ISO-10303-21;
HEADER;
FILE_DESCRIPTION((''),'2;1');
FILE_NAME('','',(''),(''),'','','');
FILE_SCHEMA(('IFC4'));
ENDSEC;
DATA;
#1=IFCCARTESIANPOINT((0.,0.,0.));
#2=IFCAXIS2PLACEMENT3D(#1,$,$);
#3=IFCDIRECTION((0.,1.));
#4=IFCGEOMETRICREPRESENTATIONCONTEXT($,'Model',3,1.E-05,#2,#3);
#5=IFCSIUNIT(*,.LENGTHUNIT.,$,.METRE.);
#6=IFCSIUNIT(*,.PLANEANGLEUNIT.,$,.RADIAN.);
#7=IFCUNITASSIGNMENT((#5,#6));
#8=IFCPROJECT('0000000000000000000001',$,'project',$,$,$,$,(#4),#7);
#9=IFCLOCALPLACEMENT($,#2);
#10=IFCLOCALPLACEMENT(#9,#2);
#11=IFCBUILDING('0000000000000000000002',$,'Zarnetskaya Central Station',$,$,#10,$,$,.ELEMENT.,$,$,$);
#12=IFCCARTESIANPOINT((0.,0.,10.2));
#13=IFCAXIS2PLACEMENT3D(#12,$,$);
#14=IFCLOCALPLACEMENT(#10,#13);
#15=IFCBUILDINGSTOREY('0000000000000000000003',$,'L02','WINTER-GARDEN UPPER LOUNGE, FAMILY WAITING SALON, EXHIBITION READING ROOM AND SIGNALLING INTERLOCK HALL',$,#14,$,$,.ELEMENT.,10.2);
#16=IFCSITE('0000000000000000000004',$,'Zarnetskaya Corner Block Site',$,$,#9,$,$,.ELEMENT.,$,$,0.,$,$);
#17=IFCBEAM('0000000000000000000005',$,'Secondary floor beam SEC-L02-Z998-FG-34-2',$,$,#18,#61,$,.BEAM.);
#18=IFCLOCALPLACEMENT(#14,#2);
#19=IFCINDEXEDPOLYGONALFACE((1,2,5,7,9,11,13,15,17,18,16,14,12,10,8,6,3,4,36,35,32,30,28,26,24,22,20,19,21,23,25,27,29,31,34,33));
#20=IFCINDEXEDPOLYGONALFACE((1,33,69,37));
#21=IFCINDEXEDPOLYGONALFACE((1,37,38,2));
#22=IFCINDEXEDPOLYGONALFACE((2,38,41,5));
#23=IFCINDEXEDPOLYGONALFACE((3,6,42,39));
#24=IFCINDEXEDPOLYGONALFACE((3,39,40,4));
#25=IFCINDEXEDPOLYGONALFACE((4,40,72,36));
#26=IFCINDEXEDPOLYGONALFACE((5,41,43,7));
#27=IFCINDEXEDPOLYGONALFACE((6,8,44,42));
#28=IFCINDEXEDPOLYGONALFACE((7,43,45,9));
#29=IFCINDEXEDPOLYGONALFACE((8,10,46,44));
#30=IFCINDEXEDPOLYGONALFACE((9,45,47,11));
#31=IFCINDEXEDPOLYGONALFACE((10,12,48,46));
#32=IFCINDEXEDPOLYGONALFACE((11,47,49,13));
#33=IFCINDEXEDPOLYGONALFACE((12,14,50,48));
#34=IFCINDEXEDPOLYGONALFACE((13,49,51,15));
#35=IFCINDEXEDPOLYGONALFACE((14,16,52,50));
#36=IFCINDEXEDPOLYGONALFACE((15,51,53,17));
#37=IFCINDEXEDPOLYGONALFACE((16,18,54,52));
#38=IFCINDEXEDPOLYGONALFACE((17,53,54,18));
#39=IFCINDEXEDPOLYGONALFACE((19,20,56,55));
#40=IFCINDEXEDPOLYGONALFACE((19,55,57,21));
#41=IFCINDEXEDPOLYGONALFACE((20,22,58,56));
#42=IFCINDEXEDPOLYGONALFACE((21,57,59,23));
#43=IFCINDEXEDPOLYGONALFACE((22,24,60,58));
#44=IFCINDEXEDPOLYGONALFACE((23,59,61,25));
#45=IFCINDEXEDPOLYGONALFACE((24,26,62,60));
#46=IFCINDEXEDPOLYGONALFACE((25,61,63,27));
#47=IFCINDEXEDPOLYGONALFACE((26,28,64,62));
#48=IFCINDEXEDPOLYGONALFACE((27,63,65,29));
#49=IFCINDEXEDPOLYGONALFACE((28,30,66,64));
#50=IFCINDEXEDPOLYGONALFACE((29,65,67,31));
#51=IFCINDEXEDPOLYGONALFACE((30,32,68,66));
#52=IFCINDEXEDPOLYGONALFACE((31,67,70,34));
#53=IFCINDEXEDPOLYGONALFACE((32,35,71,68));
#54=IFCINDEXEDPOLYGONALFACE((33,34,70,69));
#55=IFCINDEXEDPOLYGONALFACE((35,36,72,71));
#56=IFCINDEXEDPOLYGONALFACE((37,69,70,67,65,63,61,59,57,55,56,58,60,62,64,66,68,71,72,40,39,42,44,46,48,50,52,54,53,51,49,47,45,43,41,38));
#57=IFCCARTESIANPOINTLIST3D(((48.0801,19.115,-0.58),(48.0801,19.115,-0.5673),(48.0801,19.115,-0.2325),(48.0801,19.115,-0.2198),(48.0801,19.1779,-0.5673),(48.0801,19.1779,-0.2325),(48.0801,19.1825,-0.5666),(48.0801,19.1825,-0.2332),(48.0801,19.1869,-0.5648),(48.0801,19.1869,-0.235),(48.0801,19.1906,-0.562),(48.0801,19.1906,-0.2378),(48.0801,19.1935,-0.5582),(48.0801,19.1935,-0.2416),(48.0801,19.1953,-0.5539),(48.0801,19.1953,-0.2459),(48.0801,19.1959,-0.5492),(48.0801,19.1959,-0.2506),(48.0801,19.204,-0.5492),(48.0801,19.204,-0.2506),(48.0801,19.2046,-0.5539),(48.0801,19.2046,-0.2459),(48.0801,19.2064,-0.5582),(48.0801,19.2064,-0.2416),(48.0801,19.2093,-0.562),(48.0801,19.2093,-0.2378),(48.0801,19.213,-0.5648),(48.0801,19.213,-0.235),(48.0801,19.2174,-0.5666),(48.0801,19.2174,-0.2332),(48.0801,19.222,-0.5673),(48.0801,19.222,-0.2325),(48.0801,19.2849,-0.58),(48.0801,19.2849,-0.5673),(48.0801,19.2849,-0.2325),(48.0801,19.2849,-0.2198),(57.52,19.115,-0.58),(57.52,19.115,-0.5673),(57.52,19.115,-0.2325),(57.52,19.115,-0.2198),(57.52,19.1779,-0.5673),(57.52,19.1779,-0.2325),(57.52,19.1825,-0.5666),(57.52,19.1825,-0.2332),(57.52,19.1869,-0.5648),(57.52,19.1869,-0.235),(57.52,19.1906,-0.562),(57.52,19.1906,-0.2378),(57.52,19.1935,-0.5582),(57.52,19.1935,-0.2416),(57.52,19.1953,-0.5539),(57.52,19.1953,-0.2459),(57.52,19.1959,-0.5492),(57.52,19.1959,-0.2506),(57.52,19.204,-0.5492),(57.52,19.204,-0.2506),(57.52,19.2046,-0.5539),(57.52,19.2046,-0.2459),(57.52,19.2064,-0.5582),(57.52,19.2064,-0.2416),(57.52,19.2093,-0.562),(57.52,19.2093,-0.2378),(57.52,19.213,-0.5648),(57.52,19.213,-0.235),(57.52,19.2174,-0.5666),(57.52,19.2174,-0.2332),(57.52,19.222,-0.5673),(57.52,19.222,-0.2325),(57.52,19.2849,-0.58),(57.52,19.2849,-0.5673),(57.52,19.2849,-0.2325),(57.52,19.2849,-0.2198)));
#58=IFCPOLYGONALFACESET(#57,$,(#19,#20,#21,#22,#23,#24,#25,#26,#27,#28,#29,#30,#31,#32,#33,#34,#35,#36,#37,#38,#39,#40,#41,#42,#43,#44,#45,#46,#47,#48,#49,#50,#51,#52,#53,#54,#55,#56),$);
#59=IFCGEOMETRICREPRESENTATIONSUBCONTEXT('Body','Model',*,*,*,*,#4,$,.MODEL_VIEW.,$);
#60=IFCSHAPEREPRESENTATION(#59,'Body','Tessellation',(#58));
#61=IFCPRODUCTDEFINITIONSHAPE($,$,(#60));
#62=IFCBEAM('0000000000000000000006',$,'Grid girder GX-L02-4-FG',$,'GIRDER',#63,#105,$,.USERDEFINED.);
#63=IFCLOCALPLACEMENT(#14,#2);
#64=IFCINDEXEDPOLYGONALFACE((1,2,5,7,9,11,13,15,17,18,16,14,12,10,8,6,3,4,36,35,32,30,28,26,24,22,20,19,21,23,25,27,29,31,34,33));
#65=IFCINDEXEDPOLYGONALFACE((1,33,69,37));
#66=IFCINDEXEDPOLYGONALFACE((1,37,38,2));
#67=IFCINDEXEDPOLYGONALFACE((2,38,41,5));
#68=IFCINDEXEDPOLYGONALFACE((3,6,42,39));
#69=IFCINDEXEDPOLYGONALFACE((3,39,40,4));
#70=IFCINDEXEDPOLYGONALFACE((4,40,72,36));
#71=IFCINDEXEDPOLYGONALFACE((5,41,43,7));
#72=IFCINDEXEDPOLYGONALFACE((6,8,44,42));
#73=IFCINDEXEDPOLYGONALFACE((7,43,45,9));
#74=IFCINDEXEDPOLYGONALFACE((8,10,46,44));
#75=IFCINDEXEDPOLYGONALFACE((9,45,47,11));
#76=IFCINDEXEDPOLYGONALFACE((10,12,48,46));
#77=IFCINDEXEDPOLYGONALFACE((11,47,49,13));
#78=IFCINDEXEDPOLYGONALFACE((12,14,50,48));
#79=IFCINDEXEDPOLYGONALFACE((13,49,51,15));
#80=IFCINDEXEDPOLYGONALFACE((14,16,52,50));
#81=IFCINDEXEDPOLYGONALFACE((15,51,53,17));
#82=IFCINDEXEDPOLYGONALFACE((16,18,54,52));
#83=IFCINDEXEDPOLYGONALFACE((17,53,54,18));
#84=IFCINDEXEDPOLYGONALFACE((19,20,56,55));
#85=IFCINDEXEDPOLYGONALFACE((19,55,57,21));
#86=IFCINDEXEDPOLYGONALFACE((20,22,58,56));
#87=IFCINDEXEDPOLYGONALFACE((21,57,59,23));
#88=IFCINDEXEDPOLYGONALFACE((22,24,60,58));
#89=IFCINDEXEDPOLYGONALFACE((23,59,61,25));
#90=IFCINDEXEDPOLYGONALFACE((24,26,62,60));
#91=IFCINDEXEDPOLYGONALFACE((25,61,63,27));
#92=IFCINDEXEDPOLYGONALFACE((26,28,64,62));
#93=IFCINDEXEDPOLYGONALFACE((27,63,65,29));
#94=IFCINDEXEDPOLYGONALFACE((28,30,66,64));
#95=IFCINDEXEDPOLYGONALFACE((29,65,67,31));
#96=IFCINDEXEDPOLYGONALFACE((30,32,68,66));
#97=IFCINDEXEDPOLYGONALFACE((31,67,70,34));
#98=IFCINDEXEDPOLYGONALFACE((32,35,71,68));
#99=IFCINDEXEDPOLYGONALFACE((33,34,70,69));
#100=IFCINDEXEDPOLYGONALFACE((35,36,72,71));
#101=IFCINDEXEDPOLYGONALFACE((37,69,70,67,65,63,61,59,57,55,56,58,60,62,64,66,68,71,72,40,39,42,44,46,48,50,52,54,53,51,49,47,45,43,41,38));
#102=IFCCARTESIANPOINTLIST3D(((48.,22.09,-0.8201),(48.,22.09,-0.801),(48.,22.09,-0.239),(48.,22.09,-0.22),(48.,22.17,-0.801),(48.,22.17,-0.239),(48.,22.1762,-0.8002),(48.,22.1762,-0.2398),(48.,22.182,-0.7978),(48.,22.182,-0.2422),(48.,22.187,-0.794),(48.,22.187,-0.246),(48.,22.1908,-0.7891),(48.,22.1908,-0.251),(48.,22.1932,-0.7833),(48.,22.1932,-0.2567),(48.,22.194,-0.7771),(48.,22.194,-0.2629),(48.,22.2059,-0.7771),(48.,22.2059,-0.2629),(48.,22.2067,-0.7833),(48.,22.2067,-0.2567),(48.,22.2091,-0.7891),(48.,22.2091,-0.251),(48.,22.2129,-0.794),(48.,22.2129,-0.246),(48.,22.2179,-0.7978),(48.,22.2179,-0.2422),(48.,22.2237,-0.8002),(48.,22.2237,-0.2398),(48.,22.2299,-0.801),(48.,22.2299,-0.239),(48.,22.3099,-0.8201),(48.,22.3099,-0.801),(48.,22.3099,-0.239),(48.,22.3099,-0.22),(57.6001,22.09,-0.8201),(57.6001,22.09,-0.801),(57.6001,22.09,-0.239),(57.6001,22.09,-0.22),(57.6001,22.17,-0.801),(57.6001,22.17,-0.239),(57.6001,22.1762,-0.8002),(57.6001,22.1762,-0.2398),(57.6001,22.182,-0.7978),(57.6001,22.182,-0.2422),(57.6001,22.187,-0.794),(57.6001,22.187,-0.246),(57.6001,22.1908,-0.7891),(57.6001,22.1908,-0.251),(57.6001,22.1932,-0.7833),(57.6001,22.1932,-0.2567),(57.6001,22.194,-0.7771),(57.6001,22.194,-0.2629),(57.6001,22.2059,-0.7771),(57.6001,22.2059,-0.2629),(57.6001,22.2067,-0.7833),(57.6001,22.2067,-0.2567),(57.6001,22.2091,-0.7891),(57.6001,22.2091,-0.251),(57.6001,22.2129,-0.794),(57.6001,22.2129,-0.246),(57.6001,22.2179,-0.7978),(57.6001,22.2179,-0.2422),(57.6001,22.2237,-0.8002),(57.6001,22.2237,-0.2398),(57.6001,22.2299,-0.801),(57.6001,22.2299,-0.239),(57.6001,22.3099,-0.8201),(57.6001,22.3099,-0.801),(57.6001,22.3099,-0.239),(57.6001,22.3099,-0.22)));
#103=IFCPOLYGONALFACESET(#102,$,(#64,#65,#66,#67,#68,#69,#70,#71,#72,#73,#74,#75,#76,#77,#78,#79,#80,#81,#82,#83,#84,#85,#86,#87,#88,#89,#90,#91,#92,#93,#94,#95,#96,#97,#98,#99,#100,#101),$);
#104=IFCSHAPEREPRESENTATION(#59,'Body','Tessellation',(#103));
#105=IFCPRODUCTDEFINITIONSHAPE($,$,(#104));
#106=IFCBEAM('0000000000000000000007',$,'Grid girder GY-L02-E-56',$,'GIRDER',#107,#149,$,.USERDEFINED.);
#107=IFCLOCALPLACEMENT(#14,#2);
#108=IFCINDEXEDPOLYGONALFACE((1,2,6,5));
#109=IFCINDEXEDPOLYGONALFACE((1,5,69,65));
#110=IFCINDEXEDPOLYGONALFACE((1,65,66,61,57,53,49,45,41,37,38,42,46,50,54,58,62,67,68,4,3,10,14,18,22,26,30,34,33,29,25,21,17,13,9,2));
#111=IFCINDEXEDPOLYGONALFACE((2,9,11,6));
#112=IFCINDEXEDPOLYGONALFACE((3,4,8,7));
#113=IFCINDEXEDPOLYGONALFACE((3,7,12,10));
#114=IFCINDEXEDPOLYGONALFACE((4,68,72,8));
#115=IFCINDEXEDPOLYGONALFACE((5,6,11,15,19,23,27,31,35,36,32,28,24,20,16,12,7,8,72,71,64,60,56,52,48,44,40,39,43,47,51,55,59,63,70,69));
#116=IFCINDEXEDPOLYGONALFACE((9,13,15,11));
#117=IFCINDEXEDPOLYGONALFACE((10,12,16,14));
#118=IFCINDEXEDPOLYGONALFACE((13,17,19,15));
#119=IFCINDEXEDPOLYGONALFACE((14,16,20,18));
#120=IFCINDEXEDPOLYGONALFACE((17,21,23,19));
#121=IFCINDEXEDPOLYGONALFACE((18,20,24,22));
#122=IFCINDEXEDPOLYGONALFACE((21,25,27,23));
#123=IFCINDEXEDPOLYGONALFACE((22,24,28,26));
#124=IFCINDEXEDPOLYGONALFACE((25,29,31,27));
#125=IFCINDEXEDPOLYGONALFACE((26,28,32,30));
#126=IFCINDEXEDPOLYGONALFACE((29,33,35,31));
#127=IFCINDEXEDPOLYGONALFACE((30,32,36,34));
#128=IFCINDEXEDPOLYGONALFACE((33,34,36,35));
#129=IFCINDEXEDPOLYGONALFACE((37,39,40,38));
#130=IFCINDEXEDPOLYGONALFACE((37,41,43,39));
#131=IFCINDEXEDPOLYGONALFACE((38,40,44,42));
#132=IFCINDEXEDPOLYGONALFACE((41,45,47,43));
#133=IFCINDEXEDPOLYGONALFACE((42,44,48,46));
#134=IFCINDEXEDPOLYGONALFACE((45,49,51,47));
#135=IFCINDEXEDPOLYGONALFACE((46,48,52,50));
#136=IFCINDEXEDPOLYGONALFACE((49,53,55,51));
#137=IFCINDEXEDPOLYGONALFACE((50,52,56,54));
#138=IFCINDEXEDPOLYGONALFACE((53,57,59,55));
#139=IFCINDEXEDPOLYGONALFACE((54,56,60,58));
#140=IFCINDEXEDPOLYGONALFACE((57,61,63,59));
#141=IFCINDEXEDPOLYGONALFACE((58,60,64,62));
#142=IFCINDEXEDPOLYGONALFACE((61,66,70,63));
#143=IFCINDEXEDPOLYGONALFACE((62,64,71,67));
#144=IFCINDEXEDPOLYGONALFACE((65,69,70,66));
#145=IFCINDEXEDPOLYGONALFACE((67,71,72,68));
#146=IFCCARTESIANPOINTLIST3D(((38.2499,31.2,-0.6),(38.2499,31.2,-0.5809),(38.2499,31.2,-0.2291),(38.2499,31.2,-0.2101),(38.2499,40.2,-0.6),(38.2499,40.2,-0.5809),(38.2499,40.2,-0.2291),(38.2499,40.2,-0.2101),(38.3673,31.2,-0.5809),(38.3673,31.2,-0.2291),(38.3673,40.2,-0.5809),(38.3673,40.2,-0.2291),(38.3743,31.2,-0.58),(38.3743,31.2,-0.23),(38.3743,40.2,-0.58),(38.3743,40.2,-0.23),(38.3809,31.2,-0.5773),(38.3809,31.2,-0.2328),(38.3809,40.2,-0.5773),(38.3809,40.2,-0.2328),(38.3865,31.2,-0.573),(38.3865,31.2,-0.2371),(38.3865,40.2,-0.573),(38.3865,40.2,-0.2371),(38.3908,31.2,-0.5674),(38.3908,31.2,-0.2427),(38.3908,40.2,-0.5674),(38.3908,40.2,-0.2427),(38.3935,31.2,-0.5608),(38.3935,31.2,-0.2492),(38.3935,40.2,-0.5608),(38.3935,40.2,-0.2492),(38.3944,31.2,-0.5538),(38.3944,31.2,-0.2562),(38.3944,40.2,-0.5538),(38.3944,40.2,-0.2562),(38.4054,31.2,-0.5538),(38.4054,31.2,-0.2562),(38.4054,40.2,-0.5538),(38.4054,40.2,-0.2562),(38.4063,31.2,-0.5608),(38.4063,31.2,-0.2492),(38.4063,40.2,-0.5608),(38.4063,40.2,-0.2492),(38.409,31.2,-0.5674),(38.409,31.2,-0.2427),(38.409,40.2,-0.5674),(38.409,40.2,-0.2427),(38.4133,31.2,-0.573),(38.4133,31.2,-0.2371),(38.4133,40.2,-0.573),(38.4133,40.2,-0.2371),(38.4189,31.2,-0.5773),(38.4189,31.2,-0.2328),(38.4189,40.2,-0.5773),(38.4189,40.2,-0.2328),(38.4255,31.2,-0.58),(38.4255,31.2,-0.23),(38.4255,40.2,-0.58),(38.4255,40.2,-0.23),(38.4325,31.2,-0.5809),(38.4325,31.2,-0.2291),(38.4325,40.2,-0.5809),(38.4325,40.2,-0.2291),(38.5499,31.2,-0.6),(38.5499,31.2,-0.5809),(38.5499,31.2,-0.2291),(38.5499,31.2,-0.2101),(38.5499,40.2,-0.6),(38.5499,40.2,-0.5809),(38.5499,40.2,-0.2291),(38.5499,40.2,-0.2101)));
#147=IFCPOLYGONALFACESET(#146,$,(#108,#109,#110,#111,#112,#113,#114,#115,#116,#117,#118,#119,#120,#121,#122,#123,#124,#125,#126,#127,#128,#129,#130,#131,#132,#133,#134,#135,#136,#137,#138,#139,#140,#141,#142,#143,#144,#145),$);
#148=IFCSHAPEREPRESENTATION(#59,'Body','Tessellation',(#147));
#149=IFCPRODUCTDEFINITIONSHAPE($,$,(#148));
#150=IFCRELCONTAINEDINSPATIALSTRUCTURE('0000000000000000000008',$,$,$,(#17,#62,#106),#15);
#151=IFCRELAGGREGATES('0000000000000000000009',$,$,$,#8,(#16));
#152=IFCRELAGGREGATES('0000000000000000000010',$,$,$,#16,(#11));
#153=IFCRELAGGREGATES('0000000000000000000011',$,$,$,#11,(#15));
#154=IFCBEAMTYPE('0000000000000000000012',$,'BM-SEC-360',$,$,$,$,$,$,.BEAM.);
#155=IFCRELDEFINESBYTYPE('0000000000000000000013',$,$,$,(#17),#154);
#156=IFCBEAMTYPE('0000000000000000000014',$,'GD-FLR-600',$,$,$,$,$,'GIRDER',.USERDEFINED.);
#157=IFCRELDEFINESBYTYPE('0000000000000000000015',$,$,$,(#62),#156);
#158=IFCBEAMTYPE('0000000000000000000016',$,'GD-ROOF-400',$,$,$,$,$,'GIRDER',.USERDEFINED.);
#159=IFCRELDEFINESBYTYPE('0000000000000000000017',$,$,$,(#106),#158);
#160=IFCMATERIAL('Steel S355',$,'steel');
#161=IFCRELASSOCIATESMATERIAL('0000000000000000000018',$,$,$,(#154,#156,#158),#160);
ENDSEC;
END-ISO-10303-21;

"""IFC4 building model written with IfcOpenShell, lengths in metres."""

from ifc_helpers import new_model, si_unit, direction, frame, origin, origin_2d, place, context, subcontext, project, spatial, i_section, extrude, material, material_profile, profile_set, type_object, element, save


model = new_model("IFC4")

# Units and contexts
model_context = context("Model", 3, precision=1e-05, world=origin(), true_north=direction((0.0, 1.0)))
body_context = subcontext(model_context, "Body", "Model", "MODEL_VIEW")
ifc_project = project(units=[si_unit("LENGTHUNIT", "METRE"), si_unit("PLANEANGLEUNIT", "RADIAN")], contexts=[model_context])

# Site, building, storey
site_placement = place(None, origin())
site = spatial("IfcSite", under=ifc_project, at=site_placement, Name="Zarnetskaya Corner Block Site", CompositionType="ELEMENT", RefElevation=0.0)
building_placement = place(site_placement, origin())
building = spatial("IfcBuilding", under=site, at=building_placement, Name="Zarnetskaya Central Station", CompositionType="ELEMENT")
storey_placement = place(building_placement, frame((0.0, 0.0, 10.2)))
storey = spatial("IfcBuildingStorey", under=building, at=storey_placement, Name="L02", Description="WINTER-GARDEN UPPER LOUNGE, FAMILY WAITING SALON, EXHIBITION READING ROOM AND SIGNALLING INTERLOCK HALL", CompositionType="ELEMENT", Elevation=10.2)

# Shared definitions
ifc_material_1 = material(Name="Steel S355", Category="steel")

# Beams
ifc_material_profile_1 = material_profile(ifc_material_1, i_section(OverallWidth=0.1699, OverallDepth=0.3601, WebThickness=0.0081, FlangeThickness=0.0127, FilletRadius=0.0181, at=origin_2d()), Name="IPE 360")
ifc_profile_set_1 = profile_set([ifc_material_profile_1], Name="Steel S355")
beam_type_1 = type_object("IfcBeamType", Name="BM-SEC-360", PredefinedType="BEAM", material=ifc_profile_set_1)
for number, where, z_axis, x_axis, name in (
    (1, (48.0801, 19.2, -0.3999), (1.0, 0.0, 0.0), (0.0, 1.0, 0.0), "Secondary floor beam SEC-L02-Z998-FG-34-2"),
):
    element("IfcBeam", number, at=place(storey_placement, frame(where, z_axis=z_axis, x_axis=x_axis)), inside=storey, type_object=beam_type_1, Name=name, PredefinedType="BEAM", context=body_context, shape_type="SweptSolid", body=[
        extrude(i_section(OverallWidth=0.1699, OverallDepth=0.3601, WebThickness=0.0081, FlangeThickness=0.0127, FilletRadius=0.0181, at=origin_2d()), origin(), (0.0, 0.0, 1.0), 9.4399),
    ])
ifc_material_profile_2 = material_profile(ifc_material_1, i_section(OverallWidth=0.22, OverallDepth=0.6001, WebThickness=0.012, FlangeThickness=0.019, FilletRadius=0.0239, at=origin_2d()), Name="IPE 600")
ifc_profile_set_2 = profile_set([ifc_material_profile_2], Name="Steel S355")
beam_type_2 = type_object("IfcBeamType", Name="GD-FLR-600", ElementType="GIRDER", PredefinedType="USERDEFINED", material=ifc_profile_set_2)
beam_1_placement = place(storey_placement, frame((48.0, 22.2, -0.52), z_axis=(1.0, 0.0, 0.0), x_axis=(0.0, 1.0, 0.0)))
element("IfcBeam", 2, at=beam_1_placement, inside=storey, type_object=beam_type_2, Name="Grid girder GX-L02-4-FG", ObjectType="GIRDER", PredefinedType="USERDEFINED", context=body_context, shape_type="SweptSolid", body=[
    extrude(i_section(OverallWidth=0.22, OverallDepth=0.6001, WebThickness=0.012, FlangeThickness=0.019, FilletRadius=0.0239, at=origin_2d()), origin(), (0.0, 0.0, 1.0), 9.6001),
])
ifc_material_profile_3 = material_profile(ifc_material_1, i_section(OverallWidth=0.3, OverallDepth=0.3899, WebThickness=0.011, FlangeThickness=0.019, FilletRadius=0.0271, at=origin_2d()), Name="HEA 400")
ifc_profile_set_3 = profile_set([ifc_material_profile_3], Name="Steel S355")
beam_type_3 = type_object("IfcBeamType", Name="GD-ROOF-400", ElementType="GIRDER", PredefinedType="USERDEFINED", material=ifc_profile_set_3)
beam_2_placement = place(storey_placement, frame((38.3999, 31.2, -0.405), z_axis=(0.0, 1.0, 0.0), x_axis=(-1.0, 0.0, 0.0)))
element("IfcBeam", 3, at=beam_2_placement, inside=storey, type_object=beam_type_3, Name="Grid girder GY-L02-E-56", ObjectType="GIRDER", PredefinedType="USERDEFINED", context=body_context, shape_type="SweptSolid", body=[
    extrude(i_section(OverallWidth=0.3, OverallDepth=0.3899, WebThickness=0.011, FlangeThickness=0.019, FilletRadius=0.0271, at=origin_2d()), origin(), (0.0, 0.0, 1.0), 9.0),
])

save(model, "model.ifc")
